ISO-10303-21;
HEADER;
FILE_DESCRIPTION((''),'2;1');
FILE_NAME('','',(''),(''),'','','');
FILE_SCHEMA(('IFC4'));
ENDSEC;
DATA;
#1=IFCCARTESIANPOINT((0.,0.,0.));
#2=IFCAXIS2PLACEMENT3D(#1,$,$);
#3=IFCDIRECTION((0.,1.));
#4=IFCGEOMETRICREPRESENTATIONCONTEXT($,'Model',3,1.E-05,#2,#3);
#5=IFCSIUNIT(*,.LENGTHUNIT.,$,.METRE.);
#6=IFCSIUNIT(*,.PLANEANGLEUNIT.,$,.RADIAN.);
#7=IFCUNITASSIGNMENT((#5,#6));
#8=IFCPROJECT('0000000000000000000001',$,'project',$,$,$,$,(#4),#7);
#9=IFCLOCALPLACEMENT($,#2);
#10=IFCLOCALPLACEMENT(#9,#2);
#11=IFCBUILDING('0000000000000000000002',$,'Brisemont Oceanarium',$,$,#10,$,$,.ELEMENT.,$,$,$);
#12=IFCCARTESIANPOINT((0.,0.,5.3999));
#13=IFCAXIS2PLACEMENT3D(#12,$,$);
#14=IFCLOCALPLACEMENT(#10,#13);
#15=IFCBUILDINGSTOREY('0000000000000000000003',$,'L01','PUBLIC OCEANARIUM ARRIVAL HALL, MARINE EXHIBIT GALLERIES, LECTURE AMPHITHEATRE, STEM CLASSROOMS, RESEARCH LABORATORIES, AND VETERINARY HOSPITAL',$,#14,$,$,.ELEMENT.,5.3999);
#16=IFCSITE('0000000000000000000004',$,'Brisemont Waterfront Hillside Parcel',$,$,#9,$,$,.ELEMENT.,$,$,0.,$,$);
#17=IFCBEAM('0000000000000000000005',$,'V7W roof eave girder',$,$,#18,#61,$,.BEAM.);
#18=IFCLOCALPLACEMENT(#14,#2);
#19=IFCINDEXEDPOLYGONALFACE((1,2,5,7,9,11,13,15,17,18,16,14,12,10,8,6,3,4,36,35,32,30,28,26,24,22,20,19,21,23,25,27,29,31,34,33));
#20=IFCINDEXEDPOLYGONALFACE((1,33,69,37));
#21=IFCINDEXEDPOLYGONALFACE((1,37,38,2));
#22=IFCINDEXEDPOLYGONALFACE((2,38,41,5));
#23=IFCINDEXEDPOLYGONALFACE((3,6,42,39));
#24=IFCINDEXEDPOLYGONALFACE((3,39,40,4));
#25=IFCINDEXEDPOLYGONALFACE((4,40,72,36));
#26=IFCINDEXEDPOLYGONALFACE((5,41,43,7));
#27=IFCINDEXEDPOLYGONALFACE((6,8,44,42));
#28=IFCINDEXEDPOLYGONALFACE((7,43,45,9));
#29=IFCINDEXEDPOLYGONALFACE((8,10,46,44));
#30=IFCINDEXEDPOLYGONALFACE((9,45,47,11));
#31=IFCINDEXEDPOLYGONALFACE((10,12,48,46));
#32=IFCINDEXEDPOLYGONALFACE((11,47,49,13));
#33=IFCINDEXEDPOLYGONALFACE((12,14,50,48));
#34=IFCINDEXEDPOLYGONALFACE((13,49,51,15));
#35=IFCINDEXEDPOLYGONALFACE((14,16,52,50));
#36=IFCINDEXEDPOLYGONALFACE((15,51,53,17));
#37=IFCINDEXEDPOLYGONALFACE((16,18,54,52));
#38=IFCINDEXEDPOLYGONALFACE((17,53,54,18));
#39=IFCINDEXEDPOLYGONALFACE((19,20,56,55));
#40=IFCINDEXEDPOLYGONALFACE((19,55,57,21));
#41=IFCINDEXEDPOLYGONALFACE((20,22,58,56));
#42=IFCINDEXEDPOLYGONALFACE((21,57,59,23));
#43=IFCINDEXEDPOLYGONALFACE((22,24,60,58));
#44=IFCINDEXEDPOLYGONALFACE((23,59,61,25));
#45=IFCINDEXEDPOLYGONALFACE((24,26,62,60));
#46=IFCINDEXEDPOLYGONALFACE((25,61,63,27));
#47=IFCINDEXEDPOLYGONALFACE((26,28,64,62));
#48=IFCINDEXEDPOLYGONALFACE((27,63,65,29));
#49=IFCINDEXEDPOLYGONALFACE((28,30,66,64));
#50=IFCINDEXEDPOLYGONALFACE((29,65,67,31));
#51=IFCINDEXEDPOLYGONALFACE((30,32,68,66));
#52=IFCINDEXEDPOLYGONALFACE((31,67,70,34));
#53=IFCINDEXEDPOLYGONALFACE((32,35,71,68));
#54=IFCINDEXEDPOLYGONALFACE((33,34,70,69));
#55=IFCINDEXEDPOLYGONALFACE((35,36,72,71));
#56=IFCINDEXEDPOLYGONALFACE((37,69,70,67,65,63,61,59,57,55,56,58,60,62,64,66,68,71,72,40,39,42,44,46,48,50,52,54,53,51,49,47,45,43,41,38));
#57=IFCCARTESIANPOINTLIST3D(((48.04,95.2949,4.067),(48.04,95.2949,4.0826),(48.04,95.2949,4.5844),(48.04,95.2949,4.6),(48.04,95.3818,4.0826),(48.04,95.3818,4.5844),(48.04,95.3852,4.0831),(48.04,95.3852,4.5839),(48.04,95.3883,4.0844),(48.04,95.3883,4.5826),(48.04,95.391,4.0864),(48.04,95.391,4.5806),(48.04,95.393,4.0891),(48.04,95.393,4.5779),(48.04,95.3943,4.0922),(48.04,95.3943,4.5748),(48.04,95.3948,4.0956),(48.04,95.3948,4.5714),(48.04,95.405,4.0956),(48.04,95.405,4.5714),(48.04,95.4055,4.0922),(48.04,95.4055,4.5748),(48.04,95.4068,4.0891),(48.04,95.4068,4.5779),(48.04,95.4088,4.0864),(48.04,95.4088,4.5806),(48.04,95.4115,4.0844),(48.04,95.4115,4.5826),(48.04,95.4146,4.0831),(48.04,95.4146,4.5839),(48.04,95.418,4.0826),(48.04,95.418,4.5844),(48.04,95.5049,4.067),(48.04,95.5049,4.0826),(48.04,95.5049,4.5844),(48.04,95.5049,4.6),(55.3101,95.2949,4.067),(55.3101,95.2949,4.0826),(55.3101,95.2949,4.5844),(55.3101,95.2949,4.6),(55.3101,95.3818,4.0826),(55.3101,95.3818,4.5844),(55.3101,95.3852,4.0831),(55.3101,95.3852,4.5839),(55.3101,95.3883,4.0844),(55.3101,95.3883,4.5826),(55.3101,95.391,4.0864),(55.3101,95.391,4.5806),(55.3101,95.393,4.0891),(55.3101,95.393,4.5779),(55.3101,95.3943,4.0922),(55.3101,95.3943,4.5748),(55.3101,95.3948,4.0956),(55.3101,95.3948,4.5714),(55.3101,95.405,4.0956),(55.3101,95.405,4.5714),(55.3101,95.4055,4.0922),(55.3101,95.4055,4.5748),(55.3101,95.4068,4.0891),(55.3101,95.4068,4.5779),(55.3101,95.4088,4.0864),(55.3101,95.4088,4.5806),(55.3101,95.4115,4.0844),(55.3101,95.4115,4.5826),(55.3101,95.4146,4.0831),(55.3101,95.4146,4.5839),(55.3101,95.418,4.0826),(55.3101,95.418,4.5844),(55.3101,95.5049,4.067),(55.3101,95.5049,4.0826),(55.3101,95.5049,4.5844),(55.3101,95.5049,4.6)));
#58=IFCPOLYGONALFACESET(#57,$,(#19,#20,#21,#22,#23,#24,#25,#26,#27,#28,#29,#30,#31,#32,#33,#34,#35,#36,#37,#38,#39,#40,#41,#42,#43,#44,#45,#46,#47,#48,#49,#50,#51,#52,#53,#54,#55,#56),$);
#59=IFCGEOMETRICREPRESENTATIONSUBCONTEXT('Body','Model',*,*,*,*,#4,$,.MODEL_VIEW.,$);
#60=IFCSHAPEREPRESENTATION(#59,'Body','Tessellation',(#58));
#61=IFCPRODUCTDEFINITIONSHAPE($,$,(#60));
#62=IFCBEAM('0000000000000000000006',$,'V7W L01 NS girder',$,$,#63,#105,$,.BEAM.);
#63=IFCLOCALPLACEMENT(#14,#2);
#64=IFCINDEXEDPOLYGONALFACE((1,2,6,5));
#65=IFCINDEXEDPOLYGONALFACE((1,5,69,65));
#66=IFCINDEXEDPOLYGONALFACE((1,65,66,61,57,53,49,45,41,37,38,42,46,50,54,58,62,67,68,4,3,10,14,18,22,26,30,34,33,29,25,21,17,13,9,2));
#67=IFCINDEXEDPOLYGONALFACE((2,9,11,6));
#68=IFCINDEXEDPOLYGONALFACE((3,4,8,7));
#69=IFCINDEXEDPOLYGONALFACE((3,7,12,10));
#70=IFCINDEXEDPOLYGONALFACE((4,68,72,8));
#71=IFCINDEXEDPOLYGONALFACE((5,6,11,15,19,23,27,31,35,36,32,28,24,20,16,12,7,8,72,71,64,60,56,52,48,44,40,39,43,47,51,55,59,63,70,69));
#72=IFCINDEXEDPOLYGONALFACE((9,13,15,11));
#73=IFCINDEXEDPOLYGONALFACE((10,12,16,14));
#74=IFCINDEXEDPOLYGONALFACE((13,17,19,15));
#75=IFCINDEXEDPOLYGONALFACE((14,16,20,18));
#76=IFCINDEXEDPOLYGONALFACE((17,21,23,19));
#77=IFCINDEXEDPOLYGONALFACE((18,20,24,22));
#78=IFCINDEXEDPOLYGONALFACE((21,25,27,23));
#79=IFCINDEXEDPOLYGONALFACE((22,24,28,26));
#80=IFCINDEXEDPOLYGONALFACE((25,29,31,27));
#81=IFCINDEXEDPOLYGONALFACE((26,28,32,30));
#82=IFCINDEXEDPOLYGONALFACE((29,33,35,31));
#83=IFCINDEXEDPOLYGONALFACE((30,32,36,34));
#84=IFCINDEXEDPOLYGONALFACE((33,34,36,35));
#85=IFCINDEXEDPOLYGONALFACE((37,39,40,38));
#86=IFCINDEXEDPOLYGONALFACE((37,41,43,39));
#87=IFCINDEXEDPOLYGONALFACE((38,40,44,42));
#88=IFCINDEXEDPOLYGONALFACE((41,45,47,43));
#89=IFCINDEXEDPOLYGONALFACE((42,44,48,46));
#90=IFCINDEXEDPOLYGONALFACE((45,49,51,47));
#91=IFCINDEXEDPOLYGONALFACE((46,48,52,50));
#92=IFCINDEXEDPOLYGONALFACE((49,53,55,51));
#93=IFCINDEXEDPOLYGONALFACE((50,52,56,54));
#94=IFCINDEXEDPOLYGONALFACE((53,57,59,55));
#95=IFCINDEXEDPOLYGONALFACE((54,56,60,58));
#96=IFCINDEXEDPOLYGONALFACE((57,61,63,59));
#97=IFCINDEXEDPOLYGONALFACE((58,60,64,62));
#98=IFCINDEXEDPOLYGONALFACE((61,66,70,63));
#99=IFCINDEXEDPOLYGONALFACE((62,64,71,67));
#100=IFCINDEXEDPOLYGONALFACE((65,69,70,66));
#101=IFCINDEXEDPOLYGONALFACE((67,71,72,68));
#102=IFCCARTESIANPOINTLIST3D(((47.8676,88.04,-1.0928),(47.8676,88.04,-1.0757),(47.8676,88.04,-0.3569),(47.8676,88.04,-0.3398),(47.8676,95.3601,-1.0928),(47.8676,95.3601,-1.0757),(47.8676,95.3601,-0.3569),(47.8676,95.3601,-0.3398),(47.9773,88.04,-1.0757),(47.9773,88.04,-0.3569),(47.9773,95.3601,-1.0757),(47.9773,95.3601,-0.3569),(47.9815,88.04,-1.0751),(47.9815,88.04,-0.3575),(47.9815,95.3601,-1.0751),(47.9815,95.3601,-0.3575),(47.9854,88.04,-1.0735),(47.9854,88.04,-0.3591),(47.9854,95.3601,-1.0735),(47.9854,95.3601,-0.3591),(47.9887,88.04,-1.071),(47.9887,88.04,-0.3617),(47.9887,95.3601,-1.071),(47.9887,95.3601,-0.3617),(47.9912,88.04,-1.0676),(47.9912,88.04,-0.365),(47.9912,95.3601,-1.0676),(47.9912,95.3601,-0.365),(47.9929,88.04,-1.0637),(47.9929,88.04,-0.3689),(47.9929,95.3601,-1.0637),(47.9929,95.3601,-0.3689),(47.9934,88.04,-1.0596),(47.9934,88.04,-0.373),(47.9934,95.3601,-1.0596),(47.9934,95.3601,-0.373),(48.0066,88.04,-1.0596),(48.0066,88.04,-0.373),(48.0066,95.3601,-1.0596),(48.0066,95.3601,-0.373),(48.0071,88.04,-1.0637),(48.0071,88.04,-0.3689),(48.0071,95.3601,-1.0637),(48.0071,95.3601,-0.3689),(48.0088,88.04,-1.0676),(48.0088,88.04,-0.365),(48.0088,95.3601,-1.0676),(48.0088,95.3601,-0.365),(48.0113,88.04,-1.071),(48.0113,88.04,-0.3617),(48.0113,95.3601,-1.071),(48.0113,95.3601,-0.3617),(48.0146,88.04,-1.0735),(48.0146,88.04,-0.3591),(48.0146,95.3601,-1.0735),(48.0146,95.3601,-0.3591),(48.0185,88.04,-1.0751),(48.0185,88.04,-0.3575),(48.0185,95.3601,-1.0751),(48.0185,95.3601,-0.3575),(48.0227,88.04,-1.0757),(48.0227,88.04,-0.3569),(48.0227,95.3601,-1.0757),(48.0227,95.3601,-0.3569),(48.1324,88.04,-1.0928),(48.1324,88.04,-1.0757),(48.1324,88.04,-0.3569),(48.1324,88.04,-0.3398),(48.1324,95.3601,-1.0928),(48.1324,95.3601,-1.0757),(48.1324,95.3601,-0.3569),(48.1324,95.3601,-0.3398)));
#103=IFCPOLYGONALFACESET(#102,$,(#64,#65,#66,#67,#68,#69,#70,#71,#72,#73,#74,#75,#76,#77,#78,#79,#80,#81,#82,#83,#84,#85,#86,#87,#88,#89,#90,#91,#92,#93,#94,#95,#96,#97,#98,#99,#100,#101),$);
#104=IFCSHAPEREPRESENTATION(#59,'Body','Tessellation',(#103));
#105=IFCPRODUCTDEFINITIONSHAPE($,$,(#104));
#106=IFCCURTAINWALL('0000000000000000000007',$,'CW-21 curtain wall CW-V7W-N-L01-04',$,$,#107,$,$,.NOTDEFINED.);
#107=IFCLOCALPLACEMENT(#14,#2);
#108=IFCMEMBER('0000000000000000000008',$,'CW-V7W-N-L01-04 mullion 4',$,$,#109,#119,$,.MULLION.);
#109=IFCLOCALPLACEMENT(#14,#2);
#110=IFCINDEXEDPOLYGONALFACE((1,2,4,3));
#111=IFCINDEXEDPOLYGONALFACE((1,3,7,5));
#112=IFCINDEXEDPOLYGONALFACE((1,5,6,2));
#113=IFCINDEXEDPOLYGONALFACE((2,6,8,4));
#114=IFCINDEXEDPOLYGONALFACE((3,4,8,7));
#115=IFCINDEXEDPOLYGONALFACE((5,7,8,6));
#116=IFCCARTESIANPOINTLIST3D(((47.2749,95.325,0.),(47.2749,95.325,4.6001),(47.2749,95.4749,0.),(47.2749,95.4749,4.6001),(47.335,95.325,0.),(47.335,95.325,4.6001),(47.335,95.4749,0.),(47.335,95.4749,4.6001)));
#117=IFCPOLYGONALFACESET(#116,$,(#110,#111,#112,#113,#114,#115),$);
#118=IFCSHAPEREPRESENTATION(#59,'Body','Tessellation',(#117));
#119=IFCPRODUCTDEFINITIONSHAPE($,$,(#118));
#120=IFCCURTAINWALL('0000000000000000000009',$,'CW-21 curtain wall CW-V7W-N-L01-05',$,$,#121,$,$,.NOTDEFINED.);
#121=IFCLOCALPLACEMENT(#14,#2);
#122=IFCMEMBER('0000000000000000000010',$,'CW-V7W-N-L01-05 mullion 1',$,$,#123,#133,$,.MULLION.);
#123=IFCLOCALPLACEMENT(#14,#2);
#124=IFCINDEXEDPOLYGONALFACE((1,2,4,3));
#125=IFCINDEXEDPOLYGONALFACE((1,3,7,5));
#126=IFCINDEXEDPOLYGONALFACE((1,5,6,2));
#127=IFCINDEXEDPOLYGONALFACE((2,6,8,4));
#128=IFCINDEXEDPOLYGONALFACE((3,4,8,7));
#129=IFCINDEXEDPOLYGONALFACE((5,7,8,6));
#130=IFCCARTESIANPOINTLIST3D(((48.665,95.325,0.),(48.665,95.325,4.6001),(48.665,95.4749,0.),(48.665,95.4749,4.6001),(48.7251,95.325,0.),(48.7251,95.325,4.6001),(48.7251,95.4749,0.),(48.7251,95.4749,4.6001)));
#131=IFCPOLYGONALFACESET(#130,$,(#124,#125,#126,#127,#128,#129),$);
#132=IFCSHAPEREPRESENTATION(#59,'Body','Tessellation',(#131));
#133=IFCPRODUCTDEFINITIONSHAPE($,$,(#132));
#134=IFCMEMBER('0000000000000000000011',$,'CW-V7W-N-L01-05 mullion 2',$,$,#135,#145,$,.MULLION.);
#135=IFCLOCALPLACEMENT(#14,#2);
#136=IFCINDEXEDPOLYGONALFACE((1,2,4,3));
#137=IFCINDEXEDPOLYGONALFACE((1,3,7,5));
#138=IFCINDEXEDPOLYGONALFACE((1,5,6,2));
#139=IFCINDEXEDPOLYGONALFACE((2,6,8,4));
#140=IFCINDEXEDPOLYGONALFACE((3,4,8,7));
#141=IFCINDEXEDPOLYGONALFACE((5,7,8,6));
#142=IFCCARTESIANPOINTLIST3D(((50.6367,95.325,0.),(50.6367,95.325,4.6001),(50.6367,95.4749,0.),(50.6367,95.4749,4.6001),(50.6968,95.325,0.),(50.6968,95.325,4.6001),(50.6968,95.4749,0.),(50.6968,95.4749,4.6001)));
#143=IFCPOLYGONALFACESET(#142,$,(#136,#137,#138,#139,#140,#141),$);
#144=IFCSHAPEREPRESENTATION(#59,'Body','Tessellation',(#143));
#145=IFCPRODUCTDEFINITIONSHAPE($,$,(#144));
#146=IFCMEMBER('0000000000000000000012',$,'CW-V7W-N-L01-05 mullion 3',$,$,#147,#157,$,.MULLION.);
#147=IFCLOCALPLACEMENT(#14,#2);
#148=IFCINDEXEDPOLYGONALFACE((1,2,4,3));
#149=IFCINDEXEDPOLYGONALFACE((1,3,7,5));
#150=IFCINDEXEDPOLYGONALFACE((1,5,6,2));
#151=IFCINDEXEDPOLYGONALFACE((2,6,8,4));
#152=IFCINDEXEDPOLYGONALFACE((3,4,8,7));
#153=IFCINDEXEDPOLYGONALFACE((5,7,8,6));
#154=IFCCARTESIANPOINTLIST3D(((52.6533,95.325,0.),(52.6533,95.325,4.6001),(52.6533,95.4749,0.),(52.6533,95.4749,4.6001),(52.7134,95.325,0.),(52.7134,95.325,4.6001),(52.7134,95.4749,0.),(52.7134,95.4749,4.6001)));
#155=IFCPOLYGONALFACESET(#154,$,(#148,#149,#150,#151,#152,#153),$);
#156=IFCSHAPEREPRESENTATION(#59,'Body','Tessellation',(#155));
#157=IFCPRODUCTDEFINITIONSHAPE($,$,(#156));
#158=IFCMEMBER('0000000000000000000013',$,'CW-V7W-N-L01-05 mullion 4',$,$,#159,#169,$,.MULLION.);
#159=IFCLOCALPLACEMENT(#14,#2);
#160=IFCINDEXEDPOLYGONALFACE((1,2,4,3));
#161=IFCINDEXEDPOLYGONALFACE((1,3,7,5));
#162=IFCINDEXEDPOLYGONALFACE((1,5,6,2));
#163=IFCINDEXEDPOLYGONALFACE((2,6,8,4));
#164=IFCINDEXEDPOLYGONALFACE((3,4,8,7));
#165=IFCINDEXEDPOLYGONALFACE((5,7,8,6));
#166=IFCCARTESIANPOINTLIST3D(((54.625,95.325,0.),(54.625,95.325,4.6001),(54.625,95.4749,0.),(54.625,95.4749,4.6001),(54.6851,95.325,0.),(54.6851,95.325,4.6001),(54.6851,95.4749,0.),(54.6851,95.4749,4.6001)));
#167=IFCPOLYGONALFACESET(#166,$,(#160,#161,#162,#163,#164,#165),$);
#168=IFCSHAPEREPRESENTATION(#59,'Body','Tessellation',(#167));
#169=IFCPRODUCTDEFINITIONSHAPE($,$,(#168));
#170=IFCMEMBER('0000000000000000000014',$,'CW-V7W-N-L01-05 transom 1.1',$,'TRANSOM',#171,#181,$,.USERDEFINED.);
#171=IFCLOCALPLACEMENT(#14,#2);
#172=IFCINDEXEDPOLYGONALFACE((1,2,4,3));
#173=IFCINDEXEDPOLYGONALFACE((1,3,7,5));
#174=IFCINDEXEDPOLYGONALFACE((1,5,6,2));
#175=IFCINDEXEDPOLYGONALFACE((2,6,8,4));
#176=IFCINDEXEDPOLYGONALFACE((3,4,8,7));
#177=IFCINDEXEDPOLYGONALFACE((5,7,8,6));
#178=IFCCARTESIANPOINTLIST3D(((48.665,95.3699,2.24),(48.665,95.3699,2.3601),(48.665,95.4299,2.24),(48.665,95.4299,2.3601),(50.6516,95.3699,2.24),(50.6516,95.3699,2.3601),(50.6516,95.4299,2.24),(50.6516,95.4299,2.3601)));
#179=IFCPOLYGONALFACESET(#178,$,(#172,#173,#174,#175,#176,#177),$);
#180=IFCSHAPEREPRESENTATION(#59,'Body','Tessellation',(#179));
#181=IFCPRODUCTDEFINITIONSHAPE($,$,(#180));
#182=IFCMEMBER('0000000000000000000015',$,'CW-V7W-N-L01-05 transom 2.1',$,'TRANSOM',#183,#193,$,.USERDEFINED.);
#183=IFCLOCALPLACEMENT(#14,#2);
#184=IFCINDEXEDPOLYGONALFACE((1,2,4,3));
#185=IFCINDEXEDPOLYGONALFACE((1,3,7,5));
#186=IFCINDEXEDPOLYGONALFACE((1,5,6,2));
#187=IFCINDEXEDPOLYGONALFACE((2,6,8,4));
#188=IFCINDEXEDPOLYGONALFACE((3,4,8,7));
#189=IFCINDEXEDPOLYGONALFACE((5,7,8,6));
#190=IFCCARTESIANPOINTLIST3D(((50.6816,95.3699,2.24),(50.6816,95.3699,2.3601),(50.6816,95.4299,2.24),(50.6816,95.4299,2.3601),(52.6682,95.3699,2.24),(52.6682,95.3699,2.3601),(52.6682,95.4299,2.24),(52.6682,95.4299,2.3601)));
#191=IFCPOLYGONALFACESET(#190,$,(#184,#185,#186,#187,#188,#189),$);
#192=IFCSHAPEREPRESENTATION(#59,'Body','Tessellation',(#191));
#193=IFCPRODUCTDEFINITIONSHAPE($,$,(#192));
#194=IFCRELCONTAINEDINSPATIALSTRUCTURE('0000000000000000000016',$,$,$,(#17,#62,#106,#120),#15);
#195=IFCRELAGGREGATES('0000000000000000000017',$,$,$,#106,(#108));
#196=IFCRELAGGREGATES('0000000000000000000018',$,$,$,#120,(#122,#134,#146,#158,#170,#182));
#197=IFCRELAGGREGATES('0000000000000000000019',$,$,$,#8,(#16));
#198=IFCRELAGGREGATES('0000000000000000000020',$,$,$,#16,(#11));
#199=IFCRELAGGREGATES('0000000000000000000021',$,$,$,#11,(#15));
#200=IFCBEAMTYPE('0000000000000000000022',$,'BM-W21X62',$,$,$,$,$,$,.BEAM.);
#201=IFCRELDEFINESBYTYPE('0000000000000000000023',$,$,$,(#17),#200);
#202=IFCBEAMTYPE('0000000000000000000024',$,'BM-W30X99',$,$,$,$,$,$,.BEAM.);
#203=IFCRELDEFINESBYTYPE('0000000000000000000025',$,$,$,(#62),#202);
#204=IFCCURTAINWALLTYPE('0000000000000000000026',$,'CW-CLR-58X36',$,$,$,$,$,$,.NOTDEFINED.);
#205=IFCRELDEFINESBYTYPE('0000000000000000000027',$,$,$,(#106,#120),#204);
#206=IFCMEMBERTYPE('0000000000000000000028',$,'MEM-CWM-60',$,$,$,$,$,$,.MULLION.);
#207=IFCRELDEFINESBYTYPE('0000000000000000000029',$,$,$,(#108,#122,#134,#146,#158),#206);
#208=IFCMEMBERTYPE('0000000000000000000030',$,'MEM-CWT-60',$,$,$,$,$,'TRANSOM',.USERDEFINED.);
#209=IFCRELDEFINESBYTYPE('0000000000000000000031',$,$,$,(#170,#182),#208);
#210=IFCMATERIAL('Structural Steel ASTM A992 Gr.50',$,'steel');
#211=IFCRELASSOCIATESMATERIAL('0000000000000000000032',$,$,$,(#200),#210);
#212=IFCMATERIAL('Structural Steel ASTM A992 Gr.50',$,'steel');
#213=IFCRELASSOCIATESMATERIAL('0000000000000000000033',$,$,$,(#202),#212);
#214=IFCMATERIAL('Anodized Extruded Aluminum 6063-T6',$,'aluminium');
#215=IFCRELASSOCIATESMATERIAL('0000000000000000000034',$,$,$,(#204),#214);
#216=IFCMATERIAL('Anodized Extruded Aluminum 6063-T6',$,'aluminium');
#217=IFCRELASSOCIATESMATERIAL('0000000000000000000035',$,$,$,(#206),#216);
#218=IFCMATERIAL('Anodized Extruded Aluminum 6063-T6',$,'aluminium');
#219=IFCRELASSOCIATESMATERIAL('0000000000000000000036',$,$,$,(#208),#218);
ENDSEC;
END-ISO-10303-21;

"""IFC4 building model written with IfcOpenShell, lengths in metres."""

from ifc_helpers import new_model, si_unit, direction, frame, origin, origin_2d, place, context, subcontext, project, spatial, rectangle, i_section, extrude, material, material_profile, profile_set, type_object, element, aggregate, save


model = new_model("IFC4")

# Units and contexts
model_context = context("Model", 3, precision=1e-05, world=origin(), true_north=direction((0.0, 1.0)))
body_context = subcontext(model_context, "Body", "Model", "MODEL_VIEW")
ifc_project = project(units=[si_unit("LENGTHUNIT", "METRE"), si_unit("PLANEANGLEUNIT", "RADIAN")], contexts=[model_context])

# Site, building, storey
site_placement = place(None, origin())
site = spatial("IfcSite", under=ifc_project, at=site_placement, Name="Brisemont Waterfront Hillside Parcel", CompositionType="ELEMENT", RefElevation=0.0)
building_placement = place(site_placement, origin())
building = spatial("IfcBuilding", under=site, at=building_placement, Name="Brisemont Oceanarium", CompositionType="ELEMENT")
storey_placement = place(building_placement, frame((0.0, 0.0, 5.3999)))
storey = spatial("IfcBuildingStorey", under=building, at=storey_placement, Name="L01", Description="PUBLIC OCEANARIUM ARRIVAL HALL, MARINE EXHIBIT GALLERIES, LECTURE AMPHITHEATRE, STEM CLASSROOMS, RESEARCH LABORATORIES, AND VETERINARY HOSPITAL", CompositionType="ELEMENT", Elevation=5.3999)

# Beams
ifc_material_1 = material(Name="Structural Steel ASTM A992 Gr.50", Category="steel")
ifc_material_profile_1 = material_profile(ifc_material_1, i_section(OverallWidth=0.21, OverallDepth=0.533, WebThickness=0.0103, FlangeThickness=0.0156, FilletRadius=0.0129, at=origin_2d()), Name="W21X62")
ifc_profile_set_1 = profile_set([ifc_material_profile_1], Name="Structural Steel ASTM A992 Gr.50")
beam_type_1 = type_object("IfcBeamType", Name="BM-W21X62", PredefinedType="BEAM", material=ifc_profile_set_1)
for number, where, z_axis, x_axis, name in (
    (1, (48.04, 95.3999, 4.3335), (1.0, 0.0, 0.0), (0.0, 1.0, 0.0), "V7W roof eave girder"),
):
    element("IfcBeam", number, at=place(storey_placement, frame(where, z_axis=z_axis, x_axis=x_axis)), inside=storey, type_object=beam_type_1, Name=name, PredefinedType="BEAM", context=body_context, shape_type="SweptSolid", body=[
        extrude(i_section(OverallWidth=0.21, OverallDepth=0.533, WebThickness=0.0103, FlangeThickness=0.0156, FilletRadius=0.0129, at=origin_2d()), origin(), (0.0, 0.0, 1.0), 7.27),
    ])
ifc_material_2 = material(Name="Structural Steel ASTM A992 Gr.50", Category="steel")
ifc_material_profile_2 = material_profile(ifc_material_2, i_section(OverallWidth=0.2649, OverallDepth=0.7529, WebThickness=0.0132, FlangeThickness=0.0171, FilletRadius=0.0161, at=origin_2d()), Name="W30X99")
ifc_profile_set_2 = profile_set([ifc_material_profile_2], Name="Structural Steel ASTM A992 Gr.50")
beam_type_2 = type_object("IfcBeamType", Name="BM-W30X99", PredefinedType="BEAM", material=ifc_profile_set_2)
beam_1_placement = place(storey_placement, frame((48.0, 88.04, -0.7163), z_axis=(0.0, 1.0, 0.0), x_axis=(-1.0, 0.0, 0.0)))
element("IfcBeam", 2, at=beam_1_placement, inside=storey, type_object=beam_type_2, Name="V7W L01 NS girder", PredefinedType="BEAM", context=body_context, shape_type="SweptSolid", body=[
    extrude(i_section(OverallWidth=0.2649, OverallDepth=0.7529, WebThickness=0.0132, FlangeThickness=0.0171, FilletRadius=0.0161, at=origin_2d()), origin(), (0.0, 0.0, 1.0), 7.3201),
])

# Curtain wall, member
ifc_material_3 = material(Name="Anodized Extruded Aluminum 6063-T6", Category="aluminium")
curtain_wall_type = type_object("IfcCurtainWallType", Name="CW-CLR-58X36", PredefinedType="NOTDEFINED", material=ifc_material_3)
curtain_wall_1_placement = place(storey_placement, origin())
curtain_wall_1 = element("IfcCurtainWall", 3, at=curtain_wall_1_placement, inside=storey, type_object=curtain_wall_type, Name="CW-21 curtain wall CW-V7W-N-L01-04", PredefinedType="NOTDEFINED")
ifc_material_4 = material(Name="Anodized Extruded Aluminum 6063-T6", Category="aluminium")
ifc_material_profile_3 = material_profile(ifc_material_4, rectangle(XDim=0.0601, YDim=0.1499, at=origin_2d()), Name="CWM-60X150")
ifc_profile_set_3 = profile_set([ifc_material_profile_3], Name="Anodized Extruded Aluminum 6063-T6")
member_type_1 = type_object("IfcMemberType", Name="MEM-CWM-60", PredefinedType="MULLION", material=ifc_profile_set_3)
member_1_placement = place(storey_placement, frame((47.3049, 95.3999, 0.0), z_axis=(0.0, 0.0, 1.0), x_axis=(1.0, 0.0, 0.0)))
member_1 = element("IfcMember", 4, at=member_1_placement, type_object=member_type_1, Name="CW-V7W-N-L01-04 mullion 4", PredefinedType="MULLION", context=body_context, shape_type="SweptSolid", body=[
    extrude(rectangle(XDim=0.0601, YDim=0.1499, at=origin_2d()), origin(), (0.0, 0.0, 1.0), 4.6001),
])

# Curtain wall, members
curtain_wall_2_placement = place(storey_placement, origin())
curtain_wall_2 = element("IfcCurtainWall", 5, at=curtain_wall_2_placement, inside=storey, type_object=curtain_wall_type, Name="CW-21 curtain wall CW-V7W-N-L01-05", PredefinedType="NOTDEFINED")
member_2_placement = place(storey_placement, frame((48.6951, 95.3999, 0.0), z_axis=(0.0, 0.0, 1.0), x_axis=(1.0, 0.0, 0.0)))
member_2 = element("IfcMember", 6, at=member_2_placement, type_object=member_type_1, Name="CW-V7W-N-L01-05 mullion 1", PredefinedType="MULLION", context=body_context, shape_type="SweptSolid", body=[
    extrude(rectangle(XDim=0.0601, YDim=0.1499, at=origin_2d()), origin(), (0.0, 0.0, 1.0), 4.6001),
])
member_3_placement = place(storey_placement, frame((50.6667, 95.3999, 0.0), z_axis=(0.0, 0.0, 1.0), x_axis=(1.0, 0.0, 0.0)))
member_3 = element("IfcMember", 7, at=member_3_placement, type_object=member_type_1, Name="CW-V7W-N-L01-05 mullion 2", PredefinedType="MULLION", context=body_context, shape_type="SweptSolid", body=[
    extrude(rectangle(XDim=0.0601, YDim=0.1499, at=origin_2d()), origin(), (0.0, 0.0, 1.0), 4.6001),
])
member_4_placement = place(storey_placement, frame((52.6833, 95.3999, 0.0), z_axis=(0.0, 0.0, 1.0), x_axis=(1.0, 0.0, 0.0)))
member_4 = element("IfcMember", 8, at=member_4_placement, type_object=member_type_1, Name="CW-V7W-N-L01-05 mullion 3", PredefinedType="MULLION", context=body_context, shape_type="SweptSolid", body=[
    extrude(rectangle(XDim=0.0601, YDim=0.1499, at=origin_2d()), origin(), (0.0, 0.0, 1.0), 4.6001),
])
member_5_placement = place(storey_placement, frame((54.655, 95.3999, 0.0), z_axis=(0.0, 0.0, 1.0), x_axis=(1.0, 0.0, 0.0)))
member_5 = element("IfcMember", 9, at=member_5_placement, type_object=member_type_1, Name="CW-V7W-N-L01-05 mullion 4", PredefinedType="MULLION", context=body_context, shape_type="SweptSolid", body=[
    extrude(rectangle(XDim=0.0601, YDim=0.1499, at=origin_2d()), origin(), (0.0, 0.0, 1.0), 4.6001),
])
ifc_material_5 = material(Name="Anodized Extruded Aluminum 6063-T6", Category="aluminium")
ifc_material_profile_4 = material_profile(ifc_material_5, rectangle(XDim=0.0601, YDim=0.1201, at=origin_2d()), Name="CWT-60X120")
ifc_profile_set_4 = profile_set([ifc_material_profile_4], Name="Anodized Extruded Aluminum 6063-T6")
member_type_2 = type_object("IfcMemberType", Name="MEM-CWT-60", ElementType="TRANSOM", PredefinedType="USERDEFINED", material=ifc_profile_set_4)
member_6_placement = place(storey_placement, frame((48.665, 95.3999, 2.3), z_axis=(1.0, 0.0, 0.0), x_axis=(0.0, 1.0, 0.0)))
member_6 = element("IfcMember", 10, at=member_6_placement, type_object=member_type_2, Name="CW-V7W-N-L01-05 transom 1.1", ObjectType="TRANSOM", PredefinedType="USERDEFINED", context=body_context, shape_type="SweptSolid", body=[
    extrude(rectangle(XDim=0.0601, YDim=0.1201, at=origin_2d()), origin(), (0.0, 0.0, 1.0), 1.9866),
])
member_7_placement = place(storey_placement, frame((50.6816, 95.3999, 2.3), z_axis=(1.0, 0.0, 0.0), x_axis=(0.0, 1.0, 0.0)))
member_7 = element("IfcMember", 11, at=member_7_placement, type_object=member_type_2, Name="CW-V7W-N-L01-05 transom 2.1", ObjectType="TRANSOM", PredefinedType="USERDEFINED", context=body_context, shape_type="SweptSolid", body=[
    extrude(rectangle(XDim=0.0601, YDim=0.1201, at=origin_2d()), origin(), (0.0, 0.0, 1.0), 1.9866),
])

aggregate(curtain_wall_1, [member_1])
aggregate(curtain_wall_2, [member_2, member_3, member_4, member_5, member_6, member_7])

save(model, "model.ifc")
